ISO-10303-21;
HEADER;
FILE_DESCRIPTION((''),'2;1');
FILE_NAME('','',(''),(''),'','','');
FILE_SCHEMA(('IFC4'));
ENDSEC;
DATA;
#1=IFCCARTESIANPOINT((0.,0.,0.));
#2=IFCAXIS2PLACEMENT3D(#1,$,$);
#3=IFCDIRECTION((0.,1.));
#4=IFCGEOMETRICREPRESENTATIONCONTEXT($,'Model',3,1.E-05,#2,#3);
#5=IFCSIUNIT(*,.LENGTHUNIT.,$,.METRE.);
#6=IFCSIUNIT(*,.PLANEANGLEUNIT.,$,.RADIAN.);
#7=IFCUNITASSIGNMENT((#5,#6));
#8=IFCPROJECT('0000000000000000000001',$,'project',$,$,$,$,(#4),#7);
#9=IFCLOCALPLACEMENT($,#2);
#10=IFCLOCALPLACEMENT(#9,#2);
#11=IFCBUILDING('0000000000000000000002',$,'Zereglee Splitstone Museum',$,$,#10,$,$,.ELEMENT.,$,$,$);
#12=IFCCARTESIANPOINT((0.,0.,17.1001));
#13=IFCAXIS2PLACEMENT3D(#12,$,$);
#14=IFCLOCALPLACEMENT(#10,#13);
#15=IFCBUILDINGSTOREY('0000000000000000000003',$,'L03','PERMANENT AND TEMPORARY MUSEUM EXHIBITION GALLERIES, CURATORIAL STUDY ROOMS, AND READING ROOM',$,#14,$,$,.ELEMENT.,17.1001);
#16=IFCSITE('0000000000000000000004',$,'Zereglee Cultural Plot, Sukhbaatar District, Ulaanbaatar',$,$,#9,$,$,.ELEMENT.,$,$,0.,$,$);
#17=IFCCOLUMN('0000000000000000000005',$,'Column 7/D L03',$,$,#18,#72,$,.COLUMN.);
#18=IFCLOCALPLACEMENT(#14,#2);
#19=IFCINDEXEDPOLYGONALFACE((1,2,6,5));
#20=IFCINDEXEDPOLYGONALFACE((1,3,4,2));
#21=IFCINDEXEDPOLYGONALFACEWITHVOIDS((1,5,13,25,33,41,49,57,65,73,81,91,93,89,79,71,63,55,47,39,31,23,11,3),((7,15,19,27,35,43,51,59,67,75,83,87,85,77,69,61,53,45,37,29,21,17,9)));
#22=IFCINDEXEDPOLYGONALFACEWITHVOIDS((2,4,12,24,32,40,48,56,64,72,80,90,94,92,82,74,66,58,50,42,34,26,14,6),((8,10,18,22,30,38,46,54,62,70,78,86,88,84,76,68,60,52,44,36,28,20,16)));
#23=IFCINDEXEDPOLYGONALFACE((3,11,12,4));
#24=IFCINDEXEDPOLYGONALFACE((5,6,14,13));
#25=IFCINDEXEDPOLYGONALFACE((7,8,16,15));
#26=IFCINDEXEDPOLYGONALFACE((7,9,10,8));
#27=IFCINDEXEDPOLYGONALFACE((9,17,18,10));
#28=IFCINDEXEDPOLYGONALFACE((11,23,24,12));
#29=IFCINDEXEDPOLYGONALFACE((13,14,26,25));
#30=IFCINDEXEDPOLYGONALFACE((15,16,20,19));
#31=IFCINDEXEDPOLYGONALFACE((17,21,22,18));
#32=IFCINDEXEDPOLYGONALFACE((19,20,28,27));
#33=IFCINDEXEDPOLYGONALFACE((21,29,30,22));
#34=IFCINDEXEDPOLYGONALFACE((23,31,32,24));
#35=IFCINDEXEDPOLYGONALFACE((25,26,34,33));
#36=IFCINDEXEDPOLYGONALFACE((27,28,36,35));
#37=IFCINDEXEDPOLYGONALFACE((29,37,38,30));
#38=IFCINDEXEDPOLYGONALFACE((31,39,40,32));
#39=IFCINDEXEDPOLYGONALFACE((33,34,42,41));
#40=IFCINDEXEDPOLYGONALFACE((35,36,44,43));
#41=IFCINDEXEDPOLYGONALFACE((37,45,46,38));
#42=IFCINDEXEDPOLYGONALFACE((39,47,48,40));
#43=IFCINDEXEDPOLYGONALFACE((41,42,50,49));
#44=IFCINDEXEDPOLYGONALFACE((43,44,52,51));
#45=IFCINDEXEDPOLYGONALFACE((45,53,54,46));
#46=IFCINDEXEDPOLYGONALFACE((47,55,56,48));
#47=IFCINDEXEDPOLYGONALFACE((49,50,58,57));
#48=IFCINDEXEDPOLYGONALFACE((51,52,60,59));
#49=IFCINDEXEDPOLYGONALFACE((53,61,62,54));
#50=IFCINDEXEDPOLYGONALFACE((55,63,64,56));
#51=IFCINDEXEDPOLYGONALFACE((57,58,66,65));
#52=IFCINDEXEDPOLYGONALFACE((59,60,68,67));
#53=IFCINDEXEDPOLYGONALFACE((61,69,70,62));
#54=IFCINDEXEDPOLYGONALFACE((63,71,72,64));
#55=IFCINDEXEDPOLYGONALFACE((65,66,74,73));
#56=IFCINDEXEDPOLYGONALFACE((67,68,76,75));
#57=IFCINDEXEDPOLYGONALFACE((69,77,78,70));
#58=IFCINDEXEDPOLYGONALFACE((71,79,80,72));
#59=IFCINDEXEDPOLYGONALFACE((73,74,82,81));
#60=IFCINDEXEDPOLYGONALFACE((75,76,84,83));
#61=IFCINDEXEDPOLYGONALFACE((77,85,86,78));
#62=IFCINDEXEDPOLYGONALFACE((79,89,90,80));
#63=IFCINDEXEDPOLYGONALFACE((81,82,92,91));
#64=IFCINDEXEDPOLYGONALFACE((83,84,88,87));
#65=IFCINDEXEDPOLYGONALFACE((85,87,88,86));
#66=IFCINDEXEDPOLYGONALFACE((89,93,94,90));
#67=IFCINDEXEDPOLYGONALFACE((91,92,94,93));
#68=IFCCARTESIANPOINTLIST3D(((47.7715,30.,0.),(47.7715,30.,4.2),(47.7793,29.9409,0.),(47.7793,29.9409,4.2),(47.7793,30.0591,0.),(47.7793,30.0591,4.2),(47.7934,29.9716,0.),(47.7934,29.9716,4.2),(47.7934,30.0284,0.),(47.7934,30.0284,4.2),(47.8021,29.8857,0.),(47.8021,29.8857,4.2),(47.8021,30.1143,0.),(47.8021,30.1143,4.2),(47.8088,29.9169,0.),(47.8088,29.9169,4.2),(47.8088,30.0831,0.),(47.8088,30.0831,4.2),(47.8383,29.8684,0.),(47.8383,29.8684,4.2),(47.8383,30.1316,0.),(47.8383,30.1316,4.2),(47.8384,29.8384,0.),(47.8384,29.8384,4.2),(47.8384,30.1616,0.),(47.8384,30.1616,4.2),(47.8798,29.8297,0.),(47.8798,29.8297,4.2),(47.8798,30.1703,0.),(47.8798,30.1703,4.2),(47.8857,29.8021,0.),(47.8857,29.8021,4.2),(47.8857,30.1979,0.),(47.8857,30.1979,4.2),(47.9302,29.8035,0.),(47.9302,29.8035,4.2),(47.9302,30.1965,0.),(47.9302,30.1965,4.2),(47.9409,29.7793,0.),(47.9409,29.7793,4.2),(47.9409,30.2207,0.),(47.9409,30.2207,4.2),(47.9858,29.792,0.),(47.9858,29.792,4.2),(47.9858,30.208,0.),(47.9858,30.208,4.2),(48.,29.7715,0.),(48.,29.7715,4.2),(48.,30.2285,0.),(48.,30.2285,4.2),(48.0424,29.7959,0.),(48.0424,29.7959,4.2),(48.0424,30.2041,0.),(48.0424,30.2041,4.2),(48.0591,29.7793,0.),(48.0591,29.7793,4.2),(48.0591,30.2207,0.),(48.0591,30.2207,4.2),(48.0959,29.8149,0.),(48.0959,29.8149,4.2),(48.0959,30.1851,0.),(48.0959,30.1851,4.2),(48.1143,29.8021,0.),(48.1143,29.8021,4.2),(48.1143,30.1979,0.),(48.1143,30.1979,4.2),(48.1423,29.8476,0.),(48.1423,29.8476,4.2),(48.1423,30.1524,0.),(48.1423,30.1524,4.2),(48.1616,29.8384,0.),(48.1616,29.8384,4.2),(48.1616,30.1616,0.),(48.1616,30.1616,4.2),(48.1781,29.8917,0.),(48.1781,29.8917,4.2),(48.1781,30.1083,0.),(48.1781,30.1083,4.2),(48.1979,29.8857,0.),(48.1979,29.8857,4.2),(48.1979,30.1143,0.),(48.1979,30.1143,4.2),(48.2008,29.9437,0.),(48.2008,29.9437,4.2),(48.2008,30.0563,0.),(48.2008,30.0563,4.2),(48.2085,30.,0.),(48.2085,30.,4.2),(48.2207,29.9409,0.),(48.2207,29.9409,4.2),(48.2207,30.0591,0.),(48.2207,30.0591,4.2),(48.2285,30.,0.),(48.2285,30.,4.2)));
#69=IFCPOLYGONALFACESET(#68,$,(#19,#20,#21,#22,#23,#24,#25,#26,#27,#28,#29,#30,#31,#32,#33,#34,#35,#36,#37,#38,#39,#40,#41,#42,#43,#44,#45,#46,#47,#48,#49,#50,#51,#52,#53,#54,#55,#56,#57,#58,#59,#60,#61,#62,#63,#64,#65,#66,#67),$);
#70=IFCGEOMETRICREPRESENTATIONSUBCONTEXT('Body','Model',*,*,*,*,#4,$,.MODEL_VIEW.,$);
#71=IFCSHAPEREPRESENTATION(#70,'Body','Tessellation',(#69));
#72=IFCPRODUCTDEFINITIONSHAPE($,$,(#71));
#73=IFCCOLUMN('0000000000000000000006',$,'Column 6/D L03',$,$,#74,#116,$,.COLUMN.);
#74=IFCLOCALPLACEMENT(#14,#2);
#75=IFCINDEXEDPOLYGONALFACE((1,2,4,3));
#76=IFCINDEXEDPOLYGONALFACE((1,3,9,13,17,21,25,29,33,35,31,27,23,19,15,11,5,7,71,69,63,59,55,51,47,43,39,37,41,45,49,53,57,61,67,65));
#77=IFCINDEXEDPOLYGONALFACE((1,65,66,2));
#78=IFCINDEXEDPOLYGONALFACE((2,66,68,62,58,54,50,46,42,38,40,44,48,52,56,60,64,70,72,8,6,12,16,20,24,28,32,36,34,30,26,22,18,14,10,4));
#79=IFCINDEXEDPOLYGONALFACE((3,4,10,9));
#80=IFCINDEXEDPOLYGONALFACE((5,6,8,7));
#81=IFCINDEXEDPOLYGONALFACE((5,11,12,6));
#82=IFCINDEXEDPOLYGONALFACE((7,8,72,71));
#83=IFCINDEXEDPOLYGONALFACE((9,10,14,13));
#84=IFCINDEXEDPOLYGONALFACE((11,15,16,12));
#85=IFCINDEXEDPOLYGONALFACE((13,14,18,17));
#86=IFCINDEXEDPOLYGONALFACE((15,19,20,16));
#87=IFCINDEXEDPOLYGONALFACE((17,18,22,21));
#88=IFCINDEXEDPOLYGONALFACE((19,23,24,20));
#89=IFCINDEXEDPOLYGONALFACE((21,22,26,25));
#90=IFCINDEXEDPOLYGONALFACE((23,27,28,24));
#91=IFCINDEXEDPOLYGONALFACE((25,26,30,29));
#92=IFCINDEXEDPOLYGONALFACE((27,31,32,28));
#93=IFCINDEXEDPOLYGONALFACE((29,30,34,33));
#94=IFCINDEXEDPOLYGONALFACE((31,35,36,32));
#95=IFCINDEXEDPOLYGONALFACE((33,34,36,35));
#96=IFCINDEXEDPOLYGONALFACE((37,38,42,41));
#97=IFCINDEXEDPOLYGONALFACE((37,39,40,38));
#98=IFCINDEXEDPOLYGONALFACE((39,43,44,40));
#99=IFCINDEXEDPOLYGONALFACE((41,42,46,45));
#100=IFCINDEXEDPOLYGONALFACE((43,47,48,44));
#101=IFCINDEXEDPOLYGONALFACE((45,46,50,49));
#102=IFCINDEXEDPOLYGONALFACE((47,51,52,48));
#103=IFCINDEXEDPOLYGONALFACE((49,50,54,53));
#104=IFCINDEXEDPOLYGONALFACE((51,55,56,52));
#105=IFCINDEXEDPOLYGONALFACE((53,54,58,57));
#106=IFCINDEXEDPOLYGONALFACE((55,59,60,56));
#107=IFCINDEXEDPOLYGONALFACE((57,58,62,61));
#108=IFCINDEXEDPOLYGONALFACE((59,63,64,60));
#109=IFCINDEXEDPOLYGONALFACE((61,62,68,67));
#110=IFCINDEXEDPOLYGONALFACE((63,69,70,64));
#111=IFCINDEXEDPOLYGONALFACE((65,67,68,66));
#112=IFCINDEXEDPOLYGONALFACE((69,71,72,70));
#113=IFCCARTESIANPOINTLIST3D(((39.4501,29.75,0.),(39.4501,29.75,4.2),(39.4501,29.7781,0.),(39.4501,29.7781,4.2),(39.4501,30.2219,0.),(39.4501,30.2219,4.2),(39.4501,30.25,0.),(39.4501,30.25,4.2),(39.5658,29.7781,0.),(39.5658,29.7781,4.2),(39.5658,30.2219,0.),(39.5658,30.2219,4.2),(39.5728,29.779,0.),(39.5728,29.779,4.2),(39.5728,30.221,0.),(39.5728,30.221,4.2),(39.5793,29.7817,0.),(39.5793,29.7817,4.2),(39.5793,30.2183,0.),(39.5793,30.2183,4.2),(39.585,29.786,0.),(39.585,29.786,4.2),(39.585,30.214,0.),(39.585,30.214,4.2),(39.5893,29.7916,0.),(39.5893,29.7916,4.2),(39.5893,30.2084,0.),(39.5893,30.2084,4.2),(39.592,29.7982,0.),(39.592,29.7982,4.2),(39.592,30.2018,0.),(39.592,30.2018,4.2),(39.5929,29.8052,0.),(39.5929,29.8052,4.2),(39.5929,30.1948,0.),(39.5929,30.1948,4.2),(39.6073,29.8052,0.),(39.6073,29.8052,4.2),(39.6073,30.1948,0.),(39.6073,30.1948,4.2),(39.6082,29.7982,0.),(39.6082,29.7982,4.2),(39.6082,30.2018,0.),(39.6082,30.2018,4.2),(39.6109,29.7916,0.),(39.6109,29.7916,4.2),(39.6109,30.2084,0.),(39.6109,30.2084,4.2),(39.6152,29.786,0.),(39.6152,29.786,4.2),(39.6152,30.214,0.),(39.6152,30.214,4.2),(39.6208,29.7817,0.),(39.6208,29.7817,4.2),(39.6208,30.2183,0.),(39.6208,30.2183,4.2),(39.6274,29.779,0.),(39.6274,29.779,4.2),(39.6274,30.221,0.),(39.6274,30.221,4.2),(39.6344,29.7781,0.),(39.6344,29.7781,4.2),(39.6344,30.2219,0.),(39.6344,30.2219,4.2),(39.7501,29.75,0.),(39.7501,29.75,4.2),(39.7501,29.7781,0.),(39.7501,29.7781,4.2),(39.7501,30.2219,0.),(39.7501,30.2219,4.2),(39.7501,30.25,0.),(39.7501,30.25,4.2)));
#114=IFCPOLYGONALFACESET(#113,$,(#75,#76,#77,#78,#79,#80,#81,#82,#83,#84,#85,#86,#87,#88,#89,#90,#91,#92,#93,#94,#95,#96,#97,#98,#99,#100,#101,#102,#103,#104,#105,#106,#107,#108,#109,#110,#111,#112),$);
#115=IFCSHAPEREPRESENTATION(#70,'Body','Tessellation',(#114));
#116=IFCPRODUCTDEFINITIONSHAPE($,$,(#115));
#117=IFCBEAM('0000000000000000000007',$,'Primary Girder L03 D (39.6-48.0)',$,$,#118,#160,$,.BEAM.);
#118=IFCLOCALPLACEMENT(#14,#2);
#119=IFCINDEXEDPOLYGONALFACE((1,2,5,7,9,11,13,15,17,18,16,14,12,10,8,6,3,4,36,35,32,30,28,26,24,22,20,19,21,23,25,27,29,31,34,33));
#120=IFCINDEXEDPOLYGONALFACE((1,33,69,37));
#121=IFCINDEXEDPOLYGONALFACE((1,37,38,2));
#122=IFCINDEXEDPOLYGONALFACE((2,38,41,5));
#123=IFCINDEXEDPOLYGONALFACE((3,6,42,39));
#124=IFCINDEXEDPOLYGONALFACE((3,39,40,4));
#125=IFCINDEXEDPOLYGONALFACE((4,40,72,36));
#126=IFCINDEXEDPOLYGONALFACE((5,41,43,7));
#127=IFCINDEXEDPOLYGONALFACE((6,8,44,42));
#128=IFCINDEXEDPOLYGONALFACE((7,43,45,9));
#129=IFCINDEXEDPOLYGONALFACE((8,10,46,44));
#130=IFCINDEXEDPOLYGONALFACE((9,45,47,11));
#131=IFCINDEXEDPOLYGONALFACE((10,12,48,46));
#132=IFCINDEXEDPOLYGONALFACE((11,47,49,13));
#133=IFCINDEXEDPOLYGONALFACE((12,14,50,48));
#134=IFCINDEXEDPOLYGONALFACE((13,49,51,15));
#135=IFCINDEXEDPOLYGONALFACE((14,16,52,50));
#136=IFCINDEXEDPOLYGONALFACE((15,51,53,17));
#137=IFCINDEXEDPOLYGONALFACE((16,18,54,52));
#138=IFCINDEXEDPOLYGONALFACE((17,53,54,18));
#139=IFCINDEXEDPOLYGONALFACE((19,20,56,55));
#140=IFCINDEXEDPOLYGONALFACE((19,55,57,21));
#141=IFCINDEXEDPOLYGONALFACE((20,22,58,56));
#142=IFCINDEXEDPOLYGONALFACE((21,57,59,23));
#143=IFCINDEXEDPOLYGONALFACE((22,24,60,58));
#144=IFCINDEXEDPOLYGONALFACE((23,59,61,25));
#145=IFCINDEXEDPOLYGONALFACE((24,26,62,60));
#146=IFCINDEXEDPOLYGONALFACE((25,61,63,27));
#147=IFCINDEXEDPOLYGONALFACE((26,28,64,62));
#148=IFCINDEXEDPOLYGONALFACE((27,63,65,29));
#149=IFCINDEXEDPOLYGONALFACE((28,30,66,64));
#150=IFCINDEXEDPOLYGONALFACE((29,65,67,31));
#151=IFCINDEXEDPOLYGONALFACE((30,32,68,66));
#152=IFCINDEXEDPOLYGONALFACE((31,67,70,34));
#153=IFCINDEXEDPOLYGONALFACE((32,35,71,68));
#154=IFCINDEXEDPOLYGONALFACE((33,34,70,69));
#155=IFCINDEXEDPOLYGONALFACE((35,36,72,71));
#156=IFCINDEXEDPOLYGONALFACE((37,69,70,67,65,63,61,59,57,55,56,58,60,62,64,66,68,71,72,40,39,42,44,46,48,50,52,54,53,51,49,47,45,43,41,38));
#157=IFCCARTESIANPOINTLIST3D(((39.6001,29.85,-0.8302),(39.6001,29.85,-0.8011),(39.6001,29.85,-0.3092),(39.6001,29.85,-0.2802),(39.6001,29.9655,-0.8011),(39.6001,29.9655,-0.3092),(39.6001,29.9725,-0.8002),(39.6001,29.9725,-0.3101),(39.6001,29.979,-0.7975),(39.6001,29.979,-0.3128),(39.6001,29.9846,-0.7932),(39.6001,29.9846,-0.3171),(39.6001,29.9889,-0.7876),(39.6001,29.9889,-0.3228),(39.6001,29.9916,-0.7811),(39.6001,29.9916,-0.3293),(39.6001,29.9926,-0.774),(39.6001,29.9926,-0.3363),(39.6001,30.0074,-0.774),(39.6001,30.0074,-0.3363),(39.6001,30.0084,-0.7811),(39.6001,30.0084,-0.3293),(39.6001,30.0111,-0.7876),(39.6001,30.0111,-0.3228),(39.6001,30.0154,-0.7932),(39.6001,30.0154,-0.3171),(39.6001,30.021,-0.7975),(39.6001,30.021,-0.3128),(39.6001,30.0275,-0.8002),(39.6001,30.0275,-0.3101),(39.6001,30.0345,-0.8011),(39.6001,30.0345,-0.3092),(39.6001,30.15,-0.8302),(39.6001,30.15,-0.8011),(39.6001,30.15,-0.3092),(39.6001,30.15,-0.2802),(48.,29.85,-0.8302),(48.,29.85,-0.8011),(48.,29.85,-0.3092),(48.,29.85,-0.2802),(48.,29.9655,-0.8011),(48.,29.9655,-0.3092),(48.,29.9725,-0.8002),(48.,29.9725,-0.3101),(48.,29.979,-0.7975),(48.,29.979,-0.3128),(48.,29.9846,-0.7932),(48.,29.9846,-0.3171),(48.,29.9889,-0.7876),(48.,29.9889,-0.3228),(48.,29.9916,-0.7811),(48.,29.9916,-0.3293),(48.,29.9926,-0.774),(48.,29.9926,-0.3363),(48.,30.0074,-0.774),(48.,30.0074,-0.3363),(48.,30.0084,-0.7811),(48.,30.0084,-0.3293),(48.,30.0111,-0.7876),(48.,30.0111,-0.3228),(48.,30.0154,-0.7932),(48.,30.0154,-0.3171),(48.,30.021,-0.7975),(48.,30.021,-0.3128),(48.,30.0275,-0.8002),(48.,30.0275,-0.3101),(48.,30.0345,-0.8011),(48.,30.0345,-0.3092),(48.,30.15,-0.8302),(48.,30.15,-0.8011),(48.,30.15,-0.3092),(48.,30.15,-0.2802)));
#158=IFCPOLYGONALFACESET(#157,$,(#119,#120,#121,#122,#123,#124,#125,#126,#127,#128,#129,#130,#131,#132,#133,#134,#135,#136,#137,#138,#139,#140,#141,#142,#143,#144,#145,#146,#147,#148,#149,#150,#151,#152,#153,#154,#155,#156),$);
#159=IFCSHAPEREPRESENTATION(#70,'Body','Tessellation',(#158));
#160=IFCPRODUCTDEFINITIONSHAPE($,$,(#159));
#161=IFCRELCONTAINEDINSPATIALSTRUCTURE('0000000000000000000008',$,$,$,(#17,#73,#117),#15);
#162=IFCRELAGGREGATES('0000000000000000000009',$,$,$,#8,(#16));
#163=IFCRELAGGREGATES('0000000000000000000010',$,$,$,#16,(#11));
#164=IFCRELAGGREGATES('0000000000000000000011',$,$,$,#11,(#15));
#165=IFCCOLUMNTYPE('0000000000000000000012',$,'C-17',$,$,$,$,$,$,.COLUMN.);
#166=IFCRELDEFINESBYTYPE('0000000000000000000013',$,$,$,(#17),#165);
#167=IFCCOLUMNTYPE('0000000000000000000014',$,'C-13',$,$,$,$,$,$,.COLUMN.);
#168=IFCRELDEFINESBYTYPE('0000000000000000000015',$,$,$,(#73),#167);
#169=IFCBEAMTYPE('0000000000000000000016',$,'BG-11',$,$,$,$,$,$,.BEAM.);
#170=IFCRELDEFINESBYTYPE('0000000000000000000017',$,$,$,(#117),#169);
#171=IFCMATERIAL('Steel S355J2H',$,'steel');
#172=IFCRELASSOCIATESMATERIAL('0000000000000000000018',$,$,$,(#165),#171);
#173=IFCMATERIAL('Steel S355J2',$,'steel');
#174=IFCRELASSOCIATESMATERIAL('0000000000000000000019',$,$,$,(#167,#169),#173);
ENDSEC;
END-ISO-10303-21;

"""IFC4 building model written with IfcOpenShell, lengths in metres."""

from ifc_helpers import new_model, si_unit, direction, frame, origin, origin_2d, place, context, subcontext, project, spatial, hollow_circle, i_section, extrude, material, material_profile, profile_set, type_object, element, save


model = new_model("IFC4")

# Units and contexts
model_context = context("Model", 3, precision=1e-05, world=origin(), true_north=direction((0.0, 1.0)))
body_context = subcontext(model_context, "Body", "Model", "MODEL_VIEW")
ifc_project = project(units=[si_unit("LENGTHUNIT", "METRE"), si_unit("PLANEANGLEUNIT", "RADIAN")], contexts=[model_context])

# Site, building, storey
site_placement = place(None, origin())
site = spatial("IfcSite", under=ifc_project, at=site_placement, Name="Zereglee Cultural Plot, Sukhbaatar District, Ulaanbaatar", CompositionType="ELEMENT", RefElevation=0.0)
building_placement = place(site_placement, origin())
building = spatial("IfcBuilding", under=site, at=building_placement, Name="Zereglee Splitstone Museum", CompositionType="ELEMENT")
storey_placement = place(building_placement, frame((0.0, 0.0, 17.1001)))
storey = spatial("IfcBuildingStorey", under=building, at=storey_placement, Name="L03", Description="PERMANENT AND TEMPORARY MUSEUM EXHIBITION GALLERIES, CURATORIAL STUDY ROOMS, AND READING ROOM", CompositionType="ELEMENT", Elevation=17.1001)

# Columns
ifc_material_1 = material(Name="Steel S355J2H", Category="steel")
ifc_material_profile_1 = material_profile(ifc_material_1, hollow_circle(Radius=0.2285, WallThickness=0.02, at=origin_2d()), Name="CHS 457.0x20")
ifc_profile_set_1 = profile_set([ifc_material_profile_1], Name="Steel S355J2H")
column_type_1 = type_object("IfcColumnType", Name="C-17", PredefinedType="COLUMN", material=ifc_profile_set_1)
column_1_placement = place(storey_placement, frame((48.0, 30.0, 0.0), z_axis=(0.0, 0.0, 1.0), x_axis=(1.0, 0.0, 0.0)))
element("IfcColumn", 1, at=column_1_placement, inside=storey, type_object=column_type_1, Name="Column 7/D L03", PredefinedType="COLUMN", context=body_context, shape_type="SweptSolid", body=[
    extrude(hollow_circle(Radius=0.2285, WallThickness=0.02, at=origin_2d()), origin(), (0.0, 0.0, 1.0), 4.2),
])
ifc_material_2 = material(Name="Steel S355J2", Category="steel")
ifc_material_profile_2 = material_profile(ifc_material_2, i_section(OverallWidth=0.3, OverallDepth=0.5, WebThickness=0.0144, FlangeThickness=0.0281, FilletRadius=0.0271, at=origin_2d()), Name="HE 500 B")
ifc_profile_set_2 = profile_set([ifc_material_profile_2], Name="Steel S355J2")
column_type_2 = type_object("IfcColumnType", Name="C-13", PredefinedType="COLUMN", material=ifc_profile_set_2)
column_2_placement = place(storey_placement, frame((39.6001, 30.0, 0.0), z_axis=(0.0, 0.0, 1.0), x_axis=(1.0, 0.0, 0.0)))
element("IfcColumn", 2, at=column_2_placement, inside=storey, type_object=column_type_2, Name="Column 6/D L03", PredefinedType="COLUMN", context=body_context, shape_type="SweptSolid", body=[
    extrude(i_section(OverallWidth=0.3, OverallDepth=0.5, WebThickness=0.0144, FlangeThickness=0.0281, FilletRadius=0.0271, at=origin_2d()), origin(), (0.0, 0.0, 1.0), 4.2),
])

# Beam
ifc_material_profile_3 = material_profile(ifc_material_2, i_section(OverallWidth=0.3, OverallDepth=0.55, WebThickness=0.0149, FlangeThickness=0.0291, FilletRadius=0.0271, at=origin_2d()), Name="HE 550 B")
ifc_profile_set_3 = profile_set([ifc_material_profile_3], Name="Steel S355J2")
beam_type_1 = type_object("IfcBeamType", Name="BG-11", PredefinedType="BEAM", material=ifc_profile_set_3)
beam_1_placement = place(storey_placement, frame((39.6001, 30.0, -0.5552), z_axis=(1.0, 0.0, 0.0), x_axis=(0.0, 1.0, 0.0)))
element("IfcBeam", 3, at=beam_1_placement, inside=storey, type_object=beam_type_1, Name="Primary Girder L03 D (39.6-48.0)", PredefinedType="BEAM", context=body_context, shape_type="SweptSolid", body=[
    extrude(i_section(OverallWidth=0.3, OverallDepth=0.55, WebThickness=0.0149, FlangeThickness=0.0291, FilletRadius=0.0271, at=origin_2d()), origin(), (0.0, 0.0, 1.0), 8.3999),
])

save(model, "model.ifc")
